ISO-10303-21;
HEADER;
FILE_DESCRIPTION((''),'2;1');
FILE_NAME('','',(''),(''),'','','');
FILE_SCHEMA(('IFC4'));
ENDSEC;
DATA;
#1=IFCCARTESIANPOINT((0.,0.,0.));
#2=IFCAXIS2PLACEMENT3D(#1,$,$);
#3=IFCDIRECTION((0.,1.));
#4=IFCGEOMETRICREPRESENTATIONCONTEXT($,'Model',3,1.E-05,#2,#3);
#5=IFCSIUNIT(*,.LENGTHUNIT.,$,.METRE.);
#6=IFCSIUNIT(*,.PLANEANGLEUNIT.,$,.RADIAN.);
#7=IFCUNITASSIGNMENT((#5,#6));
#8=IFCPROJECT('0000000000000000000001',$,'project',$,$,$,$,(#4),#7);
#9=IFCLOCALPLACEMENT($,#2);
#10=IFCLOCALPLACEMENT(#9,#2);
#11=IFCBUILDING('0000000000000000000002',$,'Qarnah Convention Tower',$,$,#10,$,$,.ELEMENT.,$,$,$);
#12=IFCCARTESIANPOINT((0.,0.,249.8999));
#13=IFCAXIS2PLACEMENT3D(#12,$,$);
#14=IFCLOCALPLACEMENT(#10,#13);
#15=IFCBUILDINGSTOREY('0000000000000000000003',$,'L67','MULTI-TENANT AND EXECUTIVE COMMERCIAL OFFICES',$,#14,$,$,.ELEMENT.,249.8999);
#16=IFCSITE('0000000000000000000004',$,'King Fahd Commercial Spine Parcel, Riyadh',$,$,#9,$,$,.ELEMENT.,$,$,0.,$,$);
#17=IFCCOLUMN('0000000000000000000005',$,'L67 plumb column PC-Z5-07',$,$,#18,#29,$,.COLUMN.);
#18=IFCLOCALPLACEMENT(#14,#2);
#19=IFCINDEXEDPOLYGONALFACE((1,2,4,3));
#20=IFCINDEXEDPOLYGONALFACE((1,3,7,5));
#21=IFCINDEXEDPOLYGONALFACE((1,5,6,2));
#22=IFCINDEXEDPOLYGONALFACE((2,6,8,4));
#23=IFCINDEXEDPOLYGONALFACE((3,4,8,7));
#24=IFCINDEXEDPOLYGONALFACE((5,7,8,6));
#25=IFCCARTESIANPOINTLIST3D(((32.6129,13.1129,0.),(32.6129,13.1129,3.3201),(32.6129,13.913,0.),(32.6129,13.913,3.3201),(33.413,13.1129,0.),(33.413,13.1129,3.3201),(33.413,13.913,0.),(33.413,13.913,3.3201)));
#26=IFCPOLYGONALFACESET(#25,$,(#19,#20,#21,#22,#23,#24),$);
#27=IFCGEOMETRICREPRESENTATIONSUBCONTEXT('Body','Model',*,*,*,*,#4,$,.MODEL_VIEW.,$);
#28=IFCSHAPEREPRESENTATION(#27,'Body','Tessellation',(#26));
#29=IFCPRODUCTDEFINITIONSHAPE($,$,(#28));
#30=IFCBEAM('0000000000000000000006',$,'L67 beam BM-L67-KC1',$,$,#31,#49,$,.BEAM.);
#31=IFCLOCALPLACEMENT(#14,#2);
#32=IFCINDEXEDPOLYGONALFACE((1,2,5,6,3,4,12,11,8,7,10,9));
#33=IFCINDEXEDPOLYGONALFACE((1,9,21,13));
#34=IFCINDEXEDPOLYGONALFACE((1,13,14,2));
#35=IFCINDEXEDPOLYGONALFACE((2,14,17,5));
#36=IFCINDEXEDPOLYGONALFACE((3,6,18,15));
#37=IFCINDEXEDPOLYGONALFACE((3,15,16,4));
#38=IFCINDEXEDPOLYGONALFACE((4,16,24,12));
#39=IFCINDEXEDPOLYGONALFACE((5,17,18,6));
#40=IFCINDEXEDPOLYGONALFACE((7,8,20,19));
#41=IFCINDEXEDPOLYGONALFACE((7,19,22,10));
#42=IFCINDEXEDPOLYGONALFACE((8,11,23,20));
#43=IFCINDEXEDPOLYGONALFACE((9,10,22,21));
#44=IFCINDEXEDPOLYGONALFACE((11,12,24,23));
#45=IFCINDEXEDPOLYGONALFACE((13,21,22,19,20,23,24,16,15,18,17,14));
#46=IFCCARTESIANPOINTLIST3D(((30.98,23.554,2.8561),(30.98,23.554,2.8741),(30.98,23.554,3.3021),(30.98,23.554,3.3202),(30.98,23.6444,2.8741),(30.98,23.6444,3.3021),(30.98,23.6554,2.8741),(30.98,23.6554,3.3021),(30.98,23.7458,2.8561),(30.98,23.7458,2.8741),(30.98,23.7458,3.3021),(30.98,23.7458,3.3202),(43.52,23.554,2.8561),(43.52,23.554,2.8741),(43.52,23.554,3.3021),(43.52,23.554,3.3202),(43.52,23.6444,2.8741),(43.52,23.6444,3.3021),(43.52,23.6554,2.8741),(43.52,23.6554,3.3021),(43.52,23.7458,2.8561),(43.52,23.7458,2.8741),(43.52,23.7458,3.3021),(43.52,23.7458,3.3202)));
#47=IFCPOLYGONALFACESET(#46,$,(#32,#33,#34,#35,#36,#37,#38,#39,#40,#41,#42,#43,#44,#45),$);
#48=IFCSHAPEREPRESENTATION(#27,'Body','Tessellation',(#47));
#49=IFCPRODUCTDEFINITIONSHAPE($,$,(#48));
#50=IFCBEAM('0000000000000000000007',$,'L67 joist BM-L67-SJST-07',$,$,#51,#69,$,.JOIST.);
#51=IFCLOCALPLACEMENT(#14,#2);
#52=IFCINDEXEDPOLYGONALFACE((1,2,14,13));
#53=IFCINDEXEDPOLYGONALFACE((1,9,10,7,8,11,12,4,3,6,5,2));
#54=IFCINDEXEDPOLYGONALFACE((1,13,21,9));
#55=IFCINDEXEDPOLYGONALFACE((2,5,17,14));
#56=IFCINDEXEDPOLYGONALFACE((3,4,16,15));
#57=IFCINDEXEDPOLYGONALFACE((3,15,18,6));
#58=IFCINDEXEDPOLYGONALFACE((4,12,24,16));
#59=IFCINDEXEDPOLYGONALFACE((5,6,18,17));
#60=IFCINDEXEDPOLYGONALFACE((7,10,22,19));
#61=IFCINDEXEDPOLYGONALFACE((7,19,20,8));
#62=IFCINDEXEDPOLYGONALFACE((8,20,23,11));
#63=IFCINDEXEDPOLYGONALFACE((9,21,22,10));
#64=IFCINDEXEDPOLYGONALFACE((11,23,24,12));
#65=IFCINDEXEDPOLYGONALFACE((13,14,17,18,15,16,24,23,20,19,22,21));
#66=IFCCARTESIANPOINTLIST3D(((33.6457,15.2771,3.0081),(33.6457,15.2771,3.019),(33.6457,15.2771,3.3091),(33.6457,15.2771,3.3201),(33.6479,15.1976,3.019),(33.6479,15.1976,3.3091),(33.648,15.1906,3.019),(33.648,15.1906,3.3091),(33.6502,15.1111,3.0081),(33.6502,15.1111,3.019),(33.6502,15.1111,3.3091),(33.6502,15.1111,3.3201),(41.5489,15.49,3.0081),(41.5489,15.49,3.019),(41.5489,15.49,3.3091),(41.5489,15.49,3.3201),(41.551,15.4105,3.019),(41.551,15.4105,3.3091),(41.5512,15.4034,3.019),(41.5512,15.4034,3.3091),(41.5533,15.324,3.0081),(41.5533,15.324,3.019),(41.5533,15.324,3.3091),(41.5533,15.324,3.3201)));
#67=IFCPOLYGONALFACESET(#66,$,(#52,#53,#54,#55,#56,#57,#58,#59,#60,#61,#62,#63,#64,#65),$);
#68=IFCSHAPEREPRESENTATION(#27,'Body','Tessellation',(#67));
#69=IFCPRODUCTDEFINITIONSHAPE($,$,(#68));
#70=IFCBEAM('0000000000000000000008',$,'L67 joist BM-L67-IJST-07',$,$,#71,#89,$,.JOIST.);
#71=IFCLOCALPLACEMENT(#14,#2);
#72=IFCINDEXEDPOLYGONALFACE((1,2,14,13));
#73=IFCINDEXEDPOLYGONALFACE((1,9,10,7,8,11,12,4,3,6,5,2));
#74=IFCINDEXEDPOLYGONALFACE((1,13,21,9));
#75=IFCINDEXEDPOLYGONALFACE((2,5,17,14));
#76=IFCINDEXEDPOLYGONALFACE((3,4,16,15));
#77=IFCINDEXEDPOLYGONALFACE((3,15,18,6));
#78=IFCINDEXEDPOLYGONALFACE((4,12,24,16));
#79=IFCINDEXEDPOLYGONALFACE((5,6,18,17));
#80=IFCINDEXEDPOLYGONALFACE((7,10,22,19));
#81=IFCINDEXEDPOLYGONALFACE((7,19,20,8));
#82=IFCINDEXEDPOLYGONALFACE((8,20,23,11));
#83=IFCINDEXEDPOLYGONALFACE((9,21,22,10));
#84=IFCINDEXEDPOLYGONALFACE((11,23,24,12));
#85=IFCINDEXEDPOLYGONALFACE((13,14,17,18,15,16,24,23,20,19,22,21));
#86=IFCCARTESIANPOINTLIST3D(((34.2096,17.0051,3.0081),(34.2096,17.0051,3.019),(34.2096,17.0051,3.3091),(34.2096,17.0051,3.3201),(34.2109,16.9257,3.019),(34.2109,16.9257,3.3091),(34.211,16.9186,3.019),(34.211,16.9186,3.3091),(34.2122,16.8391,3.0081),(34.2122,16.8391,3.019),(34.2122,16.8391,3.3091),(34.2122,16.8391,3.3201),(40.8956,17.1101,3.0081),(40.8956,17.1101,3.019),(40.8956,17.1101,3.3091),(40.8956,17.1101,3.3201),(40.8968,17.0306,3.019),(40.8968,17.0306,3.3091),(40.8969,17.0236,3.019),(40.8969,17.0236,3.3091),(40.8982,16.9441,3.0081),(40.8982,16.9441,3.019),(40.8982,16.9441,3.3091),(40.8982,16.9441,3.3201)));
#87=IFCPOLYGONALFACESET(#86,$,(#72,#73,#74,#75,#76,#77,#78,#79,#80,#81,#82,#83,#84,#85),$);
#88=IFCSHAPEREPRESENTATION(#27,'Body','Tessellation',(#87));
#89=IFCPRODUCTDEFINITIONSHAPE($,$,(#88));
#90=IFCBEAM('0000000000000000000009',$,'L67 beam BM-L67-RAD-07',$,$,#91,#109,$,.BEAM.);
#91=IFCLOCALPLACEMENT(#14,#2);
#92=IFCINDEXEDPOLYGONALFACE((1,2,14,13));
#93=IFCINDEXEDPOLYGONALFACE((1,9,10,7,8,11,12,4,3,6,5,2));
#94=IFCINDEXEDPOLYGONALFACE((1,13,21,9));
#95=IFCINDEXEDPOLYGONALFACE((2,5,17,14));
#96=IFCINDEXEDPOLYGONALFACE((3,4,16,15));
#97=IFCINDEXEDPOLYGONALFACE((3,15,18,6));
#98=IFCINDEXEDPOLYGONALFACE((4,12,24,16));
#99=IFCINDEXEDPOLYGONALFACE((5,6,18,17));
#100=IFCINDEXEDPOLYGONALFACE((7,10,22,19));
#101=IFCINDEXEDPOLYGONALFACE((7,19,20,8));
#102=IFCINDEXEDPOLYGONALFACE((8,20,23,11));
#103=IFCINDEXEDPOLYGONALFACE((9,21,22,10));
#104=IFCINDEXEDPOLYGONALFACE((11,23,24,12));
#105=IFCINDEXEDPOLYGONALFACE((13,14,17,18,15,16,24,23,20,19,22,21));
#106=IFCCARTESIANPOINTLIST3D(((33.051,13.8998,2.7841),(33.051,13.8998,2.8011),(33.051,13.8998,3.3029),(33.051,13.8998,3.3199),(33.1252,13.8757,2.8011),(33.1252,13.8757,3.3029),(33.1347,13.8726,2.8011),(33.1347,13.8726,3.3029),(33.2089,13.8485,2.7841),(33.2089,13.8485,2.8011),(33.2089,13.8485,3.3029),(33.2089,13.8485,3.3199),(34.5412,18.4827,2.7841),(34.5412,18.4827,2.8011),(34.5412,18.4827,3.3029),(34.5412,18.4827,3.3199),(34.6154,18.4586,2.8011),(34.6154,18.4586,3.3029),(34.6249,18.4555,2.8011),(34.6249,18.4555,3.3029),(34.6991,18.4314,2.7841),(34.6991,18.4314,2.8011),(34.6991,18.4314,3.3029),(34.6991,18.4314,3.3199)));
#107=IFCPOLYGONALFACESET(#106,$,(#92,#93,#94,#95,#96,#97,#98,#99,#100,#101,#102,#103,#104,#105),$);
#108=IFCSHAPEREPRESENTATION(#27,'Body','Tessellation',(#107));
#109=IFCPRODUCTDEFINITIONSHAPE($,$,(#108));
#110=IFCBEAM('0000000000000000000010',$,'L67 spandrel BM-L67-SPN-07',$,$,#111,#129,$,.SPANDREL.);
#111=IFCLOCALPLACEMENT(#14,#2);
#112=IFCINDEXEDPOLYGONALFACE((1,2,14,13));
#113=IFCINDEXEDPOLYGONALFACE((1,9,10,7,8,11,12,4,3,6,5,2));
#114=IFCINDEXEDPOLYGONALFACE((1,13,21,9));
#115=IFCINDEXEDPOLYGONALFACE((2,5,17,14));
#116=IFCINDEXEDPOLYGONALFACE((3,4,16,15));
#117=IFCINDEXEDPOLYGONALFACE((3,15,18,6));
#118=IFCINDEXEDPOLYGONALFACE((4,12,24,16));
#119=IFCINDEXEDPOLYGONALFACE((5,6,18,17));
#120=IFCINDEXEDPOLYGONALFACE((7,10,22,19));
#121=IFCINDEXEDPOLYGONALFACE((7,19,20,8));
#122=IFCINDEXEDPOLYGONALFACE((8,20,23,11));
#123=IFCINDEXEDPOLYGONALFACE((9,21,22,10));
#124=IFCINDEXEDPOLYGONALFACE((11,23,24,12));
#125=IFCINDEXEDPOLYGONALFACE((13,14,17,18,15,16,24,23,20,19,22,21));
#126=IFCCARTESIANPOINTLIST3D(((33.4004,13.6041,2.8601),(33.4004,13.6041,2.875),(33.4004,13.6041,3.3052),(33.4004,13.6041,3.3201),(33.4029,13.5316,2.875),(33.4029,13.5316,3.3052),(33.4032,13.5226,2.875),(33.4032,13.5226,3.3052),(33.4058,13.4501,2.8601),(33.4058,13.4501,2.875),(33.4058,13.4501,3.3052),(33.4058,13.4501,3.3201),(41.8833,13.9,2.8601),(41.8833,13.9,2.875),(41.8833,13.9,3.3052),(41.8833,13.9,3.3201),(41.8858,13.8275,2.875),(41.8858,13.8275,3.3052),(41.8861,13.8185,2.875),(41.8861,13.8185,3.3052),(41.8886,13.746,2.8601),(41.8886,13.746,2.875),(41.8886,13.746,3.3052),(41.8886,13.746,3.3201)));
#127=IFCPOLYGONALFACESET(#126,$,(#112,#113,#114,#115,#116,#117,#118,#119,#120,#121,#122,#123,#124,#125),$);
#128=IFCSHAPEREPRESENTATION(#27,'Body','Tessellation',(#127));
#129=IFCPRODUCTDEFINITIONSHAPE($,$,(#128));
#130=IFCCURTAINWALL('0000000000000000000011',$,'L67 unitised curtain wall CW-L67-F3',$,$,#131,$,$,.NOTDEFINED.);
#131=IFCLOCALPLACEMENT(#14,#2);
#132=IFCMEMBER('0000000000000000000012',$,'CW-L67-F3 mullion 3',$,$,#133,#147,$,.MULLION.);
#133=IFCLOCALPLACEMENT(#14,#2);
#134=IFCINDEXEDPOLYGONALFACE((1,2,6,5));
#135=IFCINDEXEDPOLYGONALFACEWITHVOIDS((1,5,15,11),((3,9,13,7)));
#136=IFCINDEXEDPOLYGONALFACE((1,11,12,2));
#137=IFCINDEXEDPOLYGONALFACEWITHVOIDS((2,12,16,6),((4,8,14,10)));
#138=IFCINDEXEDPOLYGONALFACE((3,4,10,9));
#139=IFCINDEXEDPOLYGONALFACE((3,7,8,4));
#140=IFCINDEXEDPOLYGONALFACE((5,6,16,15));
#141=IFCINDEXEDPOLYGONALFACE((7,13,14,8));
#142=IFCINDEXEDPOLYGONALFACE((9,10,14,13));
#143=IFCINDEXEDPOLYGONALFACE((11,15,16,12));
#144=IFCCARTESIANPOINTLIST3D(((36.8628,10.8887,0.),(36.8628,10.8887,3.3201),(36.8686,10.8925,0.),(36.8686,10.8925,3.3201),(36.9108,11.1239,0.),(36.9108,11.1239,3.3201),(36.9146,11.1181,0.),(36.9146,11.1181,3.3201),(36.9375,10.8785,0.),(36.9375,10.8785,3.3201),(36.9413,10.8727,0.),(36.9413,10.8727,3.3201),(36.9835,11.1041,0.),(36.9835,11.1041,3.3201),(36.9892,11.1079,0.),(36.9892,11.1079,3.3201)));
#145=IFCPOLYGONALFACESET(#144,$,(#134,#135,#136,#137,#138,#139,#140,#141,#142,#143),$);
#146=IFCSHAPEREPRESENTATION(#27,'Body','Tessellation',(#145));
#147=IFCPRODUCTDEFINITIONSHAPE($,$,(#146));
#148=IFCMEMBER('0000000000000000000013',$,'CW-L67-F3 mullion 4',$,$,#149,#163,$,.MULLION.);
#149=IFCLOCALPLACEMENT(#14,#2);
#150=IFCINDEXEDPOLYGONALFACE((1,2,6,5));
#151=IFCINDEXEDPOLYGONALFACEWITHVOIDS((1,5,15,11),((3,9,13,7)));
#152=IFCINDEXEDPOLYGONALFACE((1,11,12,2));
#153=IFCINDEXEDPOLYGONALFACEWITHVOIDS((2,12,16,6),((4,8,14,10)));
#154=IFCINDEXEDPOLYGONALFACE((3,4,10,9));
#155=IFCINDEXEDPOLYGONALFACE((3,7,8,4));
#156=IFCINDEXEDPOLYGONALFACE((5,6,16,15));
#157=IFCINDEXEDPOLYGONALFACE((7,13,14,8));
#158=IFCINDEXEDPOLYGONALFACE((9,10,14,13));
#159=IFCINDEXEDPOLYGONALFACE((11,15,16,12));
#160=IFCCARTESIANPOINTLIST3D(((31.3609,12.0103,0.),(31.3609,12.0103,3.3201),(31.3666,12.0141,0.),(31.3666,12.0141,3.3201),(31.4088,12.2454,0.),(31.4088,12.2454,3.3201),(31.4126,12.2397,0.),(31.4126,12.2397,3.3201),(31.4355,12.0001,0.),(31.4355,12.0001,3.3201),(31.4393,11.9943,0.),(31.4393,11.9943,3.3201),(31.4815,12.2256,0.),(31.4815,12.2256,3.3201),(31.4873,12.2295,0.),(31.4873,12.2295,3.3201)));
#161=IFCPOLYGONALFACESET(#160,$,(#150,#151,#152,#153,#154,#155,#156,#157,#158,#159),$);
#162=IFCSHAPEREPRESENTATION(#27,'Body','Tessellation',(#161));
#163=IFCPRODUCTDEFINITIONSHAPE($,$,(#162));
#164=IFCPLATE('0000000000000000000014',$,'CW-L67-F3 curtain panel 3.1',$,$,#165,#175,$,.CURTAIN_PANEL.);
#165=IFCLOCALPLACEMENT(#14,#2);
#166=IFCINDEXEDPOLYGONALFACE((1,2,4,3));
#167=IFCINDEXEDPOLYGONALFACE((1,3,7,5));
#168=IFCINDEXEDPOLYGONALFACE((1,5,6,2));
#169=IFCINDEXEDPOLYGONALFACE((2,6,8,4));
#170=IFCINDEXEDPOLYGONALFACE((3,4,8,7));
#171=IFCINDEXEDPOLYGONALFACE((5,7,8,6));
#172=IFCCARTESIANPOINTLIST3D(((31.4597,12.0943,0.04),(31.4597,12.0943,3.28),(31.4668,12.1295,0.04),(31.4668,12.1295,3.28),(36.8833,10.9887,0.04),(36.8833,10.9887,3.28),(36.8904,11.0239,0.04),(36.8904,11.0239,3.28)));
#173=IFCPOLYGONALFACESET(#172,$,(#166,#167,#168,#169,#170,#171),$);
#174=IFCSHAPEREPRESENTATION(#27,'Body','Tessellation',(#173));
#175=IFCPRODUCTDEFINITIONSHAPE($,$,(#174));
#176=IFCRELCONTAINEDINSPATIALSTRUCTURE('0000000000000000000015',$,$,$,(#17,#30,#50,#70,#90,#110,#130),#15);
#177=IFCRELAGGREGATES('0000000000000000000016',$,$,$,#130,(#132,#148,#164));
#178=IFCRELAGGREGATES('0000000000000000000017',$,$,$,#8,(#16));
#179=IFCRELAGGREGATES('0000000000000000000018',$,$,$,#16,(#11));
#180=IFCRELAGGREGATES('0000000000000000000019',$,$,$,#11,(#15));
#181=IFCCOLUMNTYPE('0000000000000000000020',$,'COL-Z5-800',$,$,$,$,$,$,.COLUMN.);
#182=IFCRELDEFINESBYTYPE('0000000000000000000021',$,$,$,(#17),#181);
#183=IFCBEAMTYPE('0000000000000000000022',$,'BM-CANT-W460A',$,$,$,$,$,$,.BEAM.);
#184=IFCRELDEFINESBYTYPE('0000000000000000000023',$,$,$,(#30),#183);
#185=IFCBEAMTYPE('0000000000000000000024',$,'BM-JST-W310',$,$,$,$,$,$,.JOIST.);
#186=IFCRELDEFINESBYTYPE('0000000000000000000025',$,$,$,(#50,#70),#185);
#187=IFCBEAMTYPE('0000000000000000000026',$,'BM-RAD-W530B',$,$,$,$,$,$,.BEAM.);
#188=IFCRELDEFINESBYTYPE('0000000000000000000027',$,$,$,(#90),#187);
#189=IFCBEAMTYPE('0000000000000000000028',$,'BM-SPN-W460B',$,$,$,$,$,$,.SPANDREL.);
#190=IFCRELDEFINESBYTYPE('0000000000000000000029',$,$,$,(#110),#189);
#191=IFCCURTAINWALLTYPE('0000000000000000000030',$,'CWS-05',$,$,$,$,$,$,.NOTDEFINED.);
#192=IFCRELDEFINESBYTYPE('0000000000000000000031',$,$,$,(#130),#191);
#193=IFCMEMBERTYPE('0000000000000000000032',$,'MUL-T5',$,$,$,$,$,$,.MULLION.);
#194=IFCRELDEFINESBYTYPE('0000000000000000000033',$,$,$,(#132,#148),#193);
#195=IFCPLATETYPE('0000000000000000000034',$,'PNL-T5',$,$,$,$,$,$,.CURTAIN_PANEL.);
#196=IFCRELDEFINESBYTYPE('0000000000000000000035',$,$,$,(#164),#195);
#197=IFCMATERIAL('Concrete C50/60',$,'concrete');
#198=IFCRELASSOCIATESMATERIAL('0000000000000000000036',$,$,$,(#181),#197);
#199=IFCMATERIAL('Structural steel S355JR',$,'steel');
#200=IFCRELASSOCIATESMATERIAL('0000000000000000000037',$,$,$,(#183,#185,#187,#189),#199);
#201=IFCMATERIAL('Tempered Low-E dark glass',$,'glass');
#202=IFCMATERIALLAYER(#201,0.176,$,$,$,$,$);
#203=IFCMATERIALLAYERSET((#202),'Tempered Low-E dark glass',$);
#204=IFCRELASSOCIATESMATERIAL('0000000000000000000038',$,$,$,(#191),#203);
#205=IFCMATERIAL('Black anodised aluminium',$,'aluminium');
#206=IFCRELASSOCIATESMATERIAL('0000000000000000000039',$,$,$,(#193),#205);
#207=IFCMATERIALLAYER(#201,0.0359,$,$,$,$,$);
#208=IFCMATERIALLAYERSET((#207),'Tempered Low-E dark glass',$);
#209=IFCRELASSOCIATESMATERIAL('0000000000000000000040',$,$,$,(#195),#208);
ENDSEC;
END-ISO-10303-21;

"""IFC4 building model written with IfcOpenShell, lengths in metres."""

from ifc_helpers import new_model, si_unit, direction, frame, origin, origin_2d, place, context, subcontext, project, spatial, rectangle, hollow_rectangle, i_section, extrude, material, layer, layer_set, material_profile, profile_set, type_object, element, aggregate, save


model = new_model("IFC4")

# Units and contexts
model_context = context("Model", 3, precision=1e-05, world=origin(), true_north=direction((0.0, 1.0)))
body_context = subcontext(model_context, "Body", "Model", "MODEL_VIEW")
ifc_project = project(units=[si_unit("LENGTHUNIT", "METRE"), si_unit("PLANEANGLEUNIT", "RADIAN")], contexts=[model_context])

# Site, building, storey
site_placement = place(None, origin())
site = spatial("IfcSite", under=ifc_project, at=site_placement, Name="King Fahd Commercial Spine Parcel, Riyadh", CompositionType="ELEMENT", RefElevation=0.0)
building_placement = place(site_placement, origin())
building = spatial("IfcBuilding", under=site, at=building_placement, Name="Qarnah Convention Tower", CompositionType="ELEMENT")
storey_placement = place(building_placement, frame((0.0, 0.0, 249.8999)))
storey = spatial("IfcBuildingStorey", under=building, at=storey_placement, Name="L67", Description="MULTI-TENANT AND EXECUTIVE COMMERCIAL OFFICES", CompositionType="ELEMENT", Elevation=249.8999)

# Column
ifc_material_1 = material(Name="Concrete C50/60", Category="concrete")
ifc_material_profile_1 = material_profile(ifc_material_1, rectangle(XDim=0.8, YDim=0.8, at=origin_2d()), Name="RC-COL-800X800")
ifc_profile_set_1 = profile_set([ifc_material_profile_1], Name="Concrete C50/60")
column_type = type_object("IfcColumnType", Name="COL-Z5-800", PredefinedType="COLUMN", material=ifc_profile_set_1)
column_placement = place(storey_placement, frame((33.0129, 13.5129, 0.0), z_axis=(0.0, 0.0, 1.0), x_axis=(1.0, 0.0, 0.0)))
element("IfcColumn", 1, at=column_placement, inside=storey, type_object=column_type, Name="L67 plumb column PC-Z5-07", PredefinedType="COLUMN", context=body_context, shape_type="SweptSolid", body=[
    extrude(rectangle(XDim=0.8, YDim=0.8, at=origin_2d()), origin(), (0.0, 0.0, 1.0), 3.3201),
])

# Beams
ifc_material_2 = material(Name="Structural steel S355JR", Category="steel")
ifc_material_profile_2 = material_profile(ifc_material_2, i_section(OverallWidth=0.1919, OverallDepth=0.4641, WebThickness=0.011, FlangeThickness=0.0181, at=origin_2d()), Name="W460X89")
ifc_profile_set_2 = profile_set([ifc_material_profile_2], Name="Structural steel S355JR")
beam_type_1 = type_object("IfcBeamType", Name="BM-CANT-W460A", PredefinedType="BEAM", material=ifc_profile_set_2)
beam_1_placement = place(storey_placement, frame((30.98, 23.6499, 3.0881), z_axis=(1.0, 0.0, 0.0), x_axis=(0.0, 1.0, 0.0)))
element("IfcBeam", 2, at=beam_1_placement, inside=storey, type_object=beam_type_1, Name="L67 beam BM-L67-KC1", PredefinedType="BEAM", context=body_context, shape_type="SweptSolid", body=[
    extrude(i_section(OverallWidth=0.1919, OverallDepth=0.4641, WebThickness=0.011, FlangeThickness=0.0181, at=origin_2d()), origin(), (0.0, 0.0, 1.0), 12.54),
])
ifc_material_profile_3 = material_profile(ifc_material_2, i_section(OverallWidth=0.166, OverallDepth=0.312, WebThickness=0.0071, FlangeThickness=0.011, at=origin_2d()), Name="W310X45")
ifc_profile_set_3 = profile_set([ifc_material_profile_3], Name="Structural steel S355JR")
beam_type_2 = type_object("IfcBeamType", Name="BM-JST-W310", PredefinedType="JOIST", material=ifc_profile_set_3)
beam_2_placement = place(storey_placement, frame((33.6479, 15.1941, 3.1641), z_axis=(0.999637, 0.026928, 0.0), x_axis=(-0.026928, 0.999637, 0.0)))
element("IfcBeam", 3, at=beam_2_placement, inside=storey, type_object=beam_type_2, Name="L67 joist BM-L67-SJST-07", PredefinedType="JOIST", context=body_context, shape_type="SweptSolid", body=[
    extrude(i_section(OverallWidth=0.166, OverallDepth=0.312, WebThickness=0.0071, FlangeThickness=0.011, at=origin_2d()), origin(), (0.0, 0.0, 1.0), 7.906),
])
beam_3_placement = place(storey_placement, frame((34.2109, 16.9221, 3.1641), z_axis=(0.999877, 0.0157, 0.0), x_axis=(-0.0157, 0.999877, 0.0)))
element("IfcBeam", 4, at=beam_3_placement, inside=storey, type_object=beam_type_2, Name="L67 joist BM-L67-IJST-07", PredefinedType="JOIST", context=body_context, shape_type="SweptSolid", body=[
    extrude(i_section(OverallWidth=0.166, OverallDepth=0.312, WebThickness=0.0071, FlangeThickness=0.011, at=origin_2d()), origin(), (0.0, 0.0, 1.0), 6.6868),
])
ifc_material_profile_4 = material_profile(ifc_material_2, i_section(OverallWidth=0.166, OverallDepth=0.5359, WebThickness=0.01, FlangeThickness=0.0171, at=origin_2d()), Name="W530X85")
ifc_profile_set_4 = profile_set([ifc_material_profile_4], Name="Structural steel S355JR")
beam_type_3 = type_object("IfcBeamType", Name="BM-RAD-W530B", PredefinedType="BEAM", material=ifc_profile_set_4)
beam_4_placement = place(storey_placement, frame((34.6201, 18.457, 3.052), z_axis=(-0.309228, -0.950988, 0.0), x_axis=(0.950988, -0.309228, 0.0)))
element("IfcBeam", 5, at=beam_4_placement, inside=storey, type_object=beam_type_3, Name="L67 beam BM-L67-RAD-07", PredefinedType="BEAM", context=body_context, shape_type="SweptSolid", body=[
    extrude(i_section(OverallWidth=0.166, OverallDepth=0.5359, WebThickness=0.01, FlangeThickness=0.0171, at=origin_2d()), origin(), (0.0, 0.0, 1.0), 4.8191),
])
ifc_material_profile_5 = material_profile(ifc_material_2, i_section(OverallWidth=0.1541, OverallDepth=0.46, WebThickness=0.009, FlangeThickness=0.0149, at=origin_2d()), Name="W460X68")
ifc_profile_set_5 = profile_set([ifc_material_profile_5], Name="Structural steel S355JR")
beam_type_4 = type_object("IfcBeamType", Name="BM-SPN-W460B", PredefinedType="SPANDREL", material=ifc_profile_set_5)
beam_5_placement = place(storey_placement, frame((33.4031, 13.5271, 3.0901), z_axis=(0.999392, 0.034861, 0.0), x_axis=(-0.034861, 0.999392, 0.0)))
element("IfcBeam", 6, at=beam_5_placement, inside=storey, type_object=beam_type_4, Name="L67 spandrel BM-L67-SPN-07", PredefinedType="SPANDREL", context=body_context, shape_type="SweptSolid", body=[
    extrude(i_section(OverallWidth=0.1541, OverallDepth=0.46, WebThickness=0.009, FlangeThickness=0.0149, at=origin_2d()), origin(), (0.0, 0.0, 1.0), 8.488),
])

# Curtain wall, members, plate
ifc_material_3 = material(Name="Tempered Low-E dark glass", Category="glass")
ifc_layer_1 = layer(ifc_material_3, 0.176)
ifc_layer_set_1 = layer_set([ifc_layer_1], Name="Tempered Low-E dark glass")
curtain_wall_type = type_object("IfcCurtainWallType", Name="CWS-05", PredefinedType="NOTDEFINED", material=ifc_layer_set_1)
curtain_wall_placement = place(storey_placement, origin())
curtain_wall = element("IfcCurtainWall", 7, at=curtain_wall_placement, inside=storey, type_object=curtain_wall_type, Name="L67 unitised curtain wall CW-L67-F3", PredefinedType="NOTDEFINED")
ifc_material_4 = material(Name="Black anodised aluminium", Category="aluminium")
ifc_material_profile_6 = material_profile(ifc_material_4, hollow_rectangle(XDim=0.0801, YDim=0.24, WallThickness=0.0049, at=origin_2d()), Name="MUL-80X240")
ifc_profile_set_6 = profile_set([ifc_material_profile_6], Name="Black anodised aluminium")
member_type = type_object("IfcMemberType", Name="MUL-T5", PredefinedType="MULLION", material=ifc_profile_set_6)
member_1_placement = place(storey_placement, frame((36.926, 10.9983, 0.0), z_axis=(0.0, 0.0, 1.0), x_axis=(-0.979848, 0.199745, 0.0)))
member_1 = element("IfcMember", 8, at=member_1_placement, type_object=member_type, Name="CW-L67-F3 mullion 3", PredefinedType="MULLION", context=body_context, shape_type="SweptSolid", body=[
    extrude(hollow_rectangle(XDim=0.0801, YDim=0.24, WallThickness=0.0049, at=origin_2d()), origin(), (0.0, 0.0, 1.0), 3.3201),
])
member_2_placement = place(storey_placement, frame((31.4241, 12.1199, 0.0), z_axis=(0.0, 0.0, 1.0), x_axis=(-0.979848, 0.199745, 0.0)))
member_2 = element("IfcMember", 9, at=member_2_placement, type_object=member_type, Name="CW-L67-F3 mullion 4", PredefinedType="MULLION", context=body_context, shape_type="SweptSolid", body=[
    extrude(hollow_rectangle(XDim=0.0801, YDim=0.24, WallThickness=0.0049, at=origin_2d()), origin(), (0.0, 0.0, 1.0), 3.3201),
])
ifc_layer_2 = layer(ifc_material_3, 0.0359)
ifc_layer_set_2 = layer_set([ifc_layer_2], Name="Tempered Low-E dark glass")
plate_type = type_object("IfcPlateType", Name="PNL-T5", PredefinedType="CURTAIN_PANEL", material=ifc_layer_set_2)
plate_1_placement = place(storey_placement, frame((34.175, 11.5591, 0.04), z_axis=(0.0, 0.0, 1.0), x_axis=(-0.979848, 0.199745, 0.0)))
plate_1 = element("IfcPlate", 10, at=plate_1_placement, type_object=plate_type, Name="CW-L67-F3 curtain panel 3.1", PredefinedType="CURTAIN_PANEL", context=body_context, shape_type="SweptSolid", body=[
    extrude(rectangle(XDim=5.5352, YDim=0.0359, at=origin_2d()), origin(), (0.0, 0.0, 1.0), 3.24),
])
aggregate(curtain_wall, [member_1, member_2, plate_1])

save(model, "model.ifc")
